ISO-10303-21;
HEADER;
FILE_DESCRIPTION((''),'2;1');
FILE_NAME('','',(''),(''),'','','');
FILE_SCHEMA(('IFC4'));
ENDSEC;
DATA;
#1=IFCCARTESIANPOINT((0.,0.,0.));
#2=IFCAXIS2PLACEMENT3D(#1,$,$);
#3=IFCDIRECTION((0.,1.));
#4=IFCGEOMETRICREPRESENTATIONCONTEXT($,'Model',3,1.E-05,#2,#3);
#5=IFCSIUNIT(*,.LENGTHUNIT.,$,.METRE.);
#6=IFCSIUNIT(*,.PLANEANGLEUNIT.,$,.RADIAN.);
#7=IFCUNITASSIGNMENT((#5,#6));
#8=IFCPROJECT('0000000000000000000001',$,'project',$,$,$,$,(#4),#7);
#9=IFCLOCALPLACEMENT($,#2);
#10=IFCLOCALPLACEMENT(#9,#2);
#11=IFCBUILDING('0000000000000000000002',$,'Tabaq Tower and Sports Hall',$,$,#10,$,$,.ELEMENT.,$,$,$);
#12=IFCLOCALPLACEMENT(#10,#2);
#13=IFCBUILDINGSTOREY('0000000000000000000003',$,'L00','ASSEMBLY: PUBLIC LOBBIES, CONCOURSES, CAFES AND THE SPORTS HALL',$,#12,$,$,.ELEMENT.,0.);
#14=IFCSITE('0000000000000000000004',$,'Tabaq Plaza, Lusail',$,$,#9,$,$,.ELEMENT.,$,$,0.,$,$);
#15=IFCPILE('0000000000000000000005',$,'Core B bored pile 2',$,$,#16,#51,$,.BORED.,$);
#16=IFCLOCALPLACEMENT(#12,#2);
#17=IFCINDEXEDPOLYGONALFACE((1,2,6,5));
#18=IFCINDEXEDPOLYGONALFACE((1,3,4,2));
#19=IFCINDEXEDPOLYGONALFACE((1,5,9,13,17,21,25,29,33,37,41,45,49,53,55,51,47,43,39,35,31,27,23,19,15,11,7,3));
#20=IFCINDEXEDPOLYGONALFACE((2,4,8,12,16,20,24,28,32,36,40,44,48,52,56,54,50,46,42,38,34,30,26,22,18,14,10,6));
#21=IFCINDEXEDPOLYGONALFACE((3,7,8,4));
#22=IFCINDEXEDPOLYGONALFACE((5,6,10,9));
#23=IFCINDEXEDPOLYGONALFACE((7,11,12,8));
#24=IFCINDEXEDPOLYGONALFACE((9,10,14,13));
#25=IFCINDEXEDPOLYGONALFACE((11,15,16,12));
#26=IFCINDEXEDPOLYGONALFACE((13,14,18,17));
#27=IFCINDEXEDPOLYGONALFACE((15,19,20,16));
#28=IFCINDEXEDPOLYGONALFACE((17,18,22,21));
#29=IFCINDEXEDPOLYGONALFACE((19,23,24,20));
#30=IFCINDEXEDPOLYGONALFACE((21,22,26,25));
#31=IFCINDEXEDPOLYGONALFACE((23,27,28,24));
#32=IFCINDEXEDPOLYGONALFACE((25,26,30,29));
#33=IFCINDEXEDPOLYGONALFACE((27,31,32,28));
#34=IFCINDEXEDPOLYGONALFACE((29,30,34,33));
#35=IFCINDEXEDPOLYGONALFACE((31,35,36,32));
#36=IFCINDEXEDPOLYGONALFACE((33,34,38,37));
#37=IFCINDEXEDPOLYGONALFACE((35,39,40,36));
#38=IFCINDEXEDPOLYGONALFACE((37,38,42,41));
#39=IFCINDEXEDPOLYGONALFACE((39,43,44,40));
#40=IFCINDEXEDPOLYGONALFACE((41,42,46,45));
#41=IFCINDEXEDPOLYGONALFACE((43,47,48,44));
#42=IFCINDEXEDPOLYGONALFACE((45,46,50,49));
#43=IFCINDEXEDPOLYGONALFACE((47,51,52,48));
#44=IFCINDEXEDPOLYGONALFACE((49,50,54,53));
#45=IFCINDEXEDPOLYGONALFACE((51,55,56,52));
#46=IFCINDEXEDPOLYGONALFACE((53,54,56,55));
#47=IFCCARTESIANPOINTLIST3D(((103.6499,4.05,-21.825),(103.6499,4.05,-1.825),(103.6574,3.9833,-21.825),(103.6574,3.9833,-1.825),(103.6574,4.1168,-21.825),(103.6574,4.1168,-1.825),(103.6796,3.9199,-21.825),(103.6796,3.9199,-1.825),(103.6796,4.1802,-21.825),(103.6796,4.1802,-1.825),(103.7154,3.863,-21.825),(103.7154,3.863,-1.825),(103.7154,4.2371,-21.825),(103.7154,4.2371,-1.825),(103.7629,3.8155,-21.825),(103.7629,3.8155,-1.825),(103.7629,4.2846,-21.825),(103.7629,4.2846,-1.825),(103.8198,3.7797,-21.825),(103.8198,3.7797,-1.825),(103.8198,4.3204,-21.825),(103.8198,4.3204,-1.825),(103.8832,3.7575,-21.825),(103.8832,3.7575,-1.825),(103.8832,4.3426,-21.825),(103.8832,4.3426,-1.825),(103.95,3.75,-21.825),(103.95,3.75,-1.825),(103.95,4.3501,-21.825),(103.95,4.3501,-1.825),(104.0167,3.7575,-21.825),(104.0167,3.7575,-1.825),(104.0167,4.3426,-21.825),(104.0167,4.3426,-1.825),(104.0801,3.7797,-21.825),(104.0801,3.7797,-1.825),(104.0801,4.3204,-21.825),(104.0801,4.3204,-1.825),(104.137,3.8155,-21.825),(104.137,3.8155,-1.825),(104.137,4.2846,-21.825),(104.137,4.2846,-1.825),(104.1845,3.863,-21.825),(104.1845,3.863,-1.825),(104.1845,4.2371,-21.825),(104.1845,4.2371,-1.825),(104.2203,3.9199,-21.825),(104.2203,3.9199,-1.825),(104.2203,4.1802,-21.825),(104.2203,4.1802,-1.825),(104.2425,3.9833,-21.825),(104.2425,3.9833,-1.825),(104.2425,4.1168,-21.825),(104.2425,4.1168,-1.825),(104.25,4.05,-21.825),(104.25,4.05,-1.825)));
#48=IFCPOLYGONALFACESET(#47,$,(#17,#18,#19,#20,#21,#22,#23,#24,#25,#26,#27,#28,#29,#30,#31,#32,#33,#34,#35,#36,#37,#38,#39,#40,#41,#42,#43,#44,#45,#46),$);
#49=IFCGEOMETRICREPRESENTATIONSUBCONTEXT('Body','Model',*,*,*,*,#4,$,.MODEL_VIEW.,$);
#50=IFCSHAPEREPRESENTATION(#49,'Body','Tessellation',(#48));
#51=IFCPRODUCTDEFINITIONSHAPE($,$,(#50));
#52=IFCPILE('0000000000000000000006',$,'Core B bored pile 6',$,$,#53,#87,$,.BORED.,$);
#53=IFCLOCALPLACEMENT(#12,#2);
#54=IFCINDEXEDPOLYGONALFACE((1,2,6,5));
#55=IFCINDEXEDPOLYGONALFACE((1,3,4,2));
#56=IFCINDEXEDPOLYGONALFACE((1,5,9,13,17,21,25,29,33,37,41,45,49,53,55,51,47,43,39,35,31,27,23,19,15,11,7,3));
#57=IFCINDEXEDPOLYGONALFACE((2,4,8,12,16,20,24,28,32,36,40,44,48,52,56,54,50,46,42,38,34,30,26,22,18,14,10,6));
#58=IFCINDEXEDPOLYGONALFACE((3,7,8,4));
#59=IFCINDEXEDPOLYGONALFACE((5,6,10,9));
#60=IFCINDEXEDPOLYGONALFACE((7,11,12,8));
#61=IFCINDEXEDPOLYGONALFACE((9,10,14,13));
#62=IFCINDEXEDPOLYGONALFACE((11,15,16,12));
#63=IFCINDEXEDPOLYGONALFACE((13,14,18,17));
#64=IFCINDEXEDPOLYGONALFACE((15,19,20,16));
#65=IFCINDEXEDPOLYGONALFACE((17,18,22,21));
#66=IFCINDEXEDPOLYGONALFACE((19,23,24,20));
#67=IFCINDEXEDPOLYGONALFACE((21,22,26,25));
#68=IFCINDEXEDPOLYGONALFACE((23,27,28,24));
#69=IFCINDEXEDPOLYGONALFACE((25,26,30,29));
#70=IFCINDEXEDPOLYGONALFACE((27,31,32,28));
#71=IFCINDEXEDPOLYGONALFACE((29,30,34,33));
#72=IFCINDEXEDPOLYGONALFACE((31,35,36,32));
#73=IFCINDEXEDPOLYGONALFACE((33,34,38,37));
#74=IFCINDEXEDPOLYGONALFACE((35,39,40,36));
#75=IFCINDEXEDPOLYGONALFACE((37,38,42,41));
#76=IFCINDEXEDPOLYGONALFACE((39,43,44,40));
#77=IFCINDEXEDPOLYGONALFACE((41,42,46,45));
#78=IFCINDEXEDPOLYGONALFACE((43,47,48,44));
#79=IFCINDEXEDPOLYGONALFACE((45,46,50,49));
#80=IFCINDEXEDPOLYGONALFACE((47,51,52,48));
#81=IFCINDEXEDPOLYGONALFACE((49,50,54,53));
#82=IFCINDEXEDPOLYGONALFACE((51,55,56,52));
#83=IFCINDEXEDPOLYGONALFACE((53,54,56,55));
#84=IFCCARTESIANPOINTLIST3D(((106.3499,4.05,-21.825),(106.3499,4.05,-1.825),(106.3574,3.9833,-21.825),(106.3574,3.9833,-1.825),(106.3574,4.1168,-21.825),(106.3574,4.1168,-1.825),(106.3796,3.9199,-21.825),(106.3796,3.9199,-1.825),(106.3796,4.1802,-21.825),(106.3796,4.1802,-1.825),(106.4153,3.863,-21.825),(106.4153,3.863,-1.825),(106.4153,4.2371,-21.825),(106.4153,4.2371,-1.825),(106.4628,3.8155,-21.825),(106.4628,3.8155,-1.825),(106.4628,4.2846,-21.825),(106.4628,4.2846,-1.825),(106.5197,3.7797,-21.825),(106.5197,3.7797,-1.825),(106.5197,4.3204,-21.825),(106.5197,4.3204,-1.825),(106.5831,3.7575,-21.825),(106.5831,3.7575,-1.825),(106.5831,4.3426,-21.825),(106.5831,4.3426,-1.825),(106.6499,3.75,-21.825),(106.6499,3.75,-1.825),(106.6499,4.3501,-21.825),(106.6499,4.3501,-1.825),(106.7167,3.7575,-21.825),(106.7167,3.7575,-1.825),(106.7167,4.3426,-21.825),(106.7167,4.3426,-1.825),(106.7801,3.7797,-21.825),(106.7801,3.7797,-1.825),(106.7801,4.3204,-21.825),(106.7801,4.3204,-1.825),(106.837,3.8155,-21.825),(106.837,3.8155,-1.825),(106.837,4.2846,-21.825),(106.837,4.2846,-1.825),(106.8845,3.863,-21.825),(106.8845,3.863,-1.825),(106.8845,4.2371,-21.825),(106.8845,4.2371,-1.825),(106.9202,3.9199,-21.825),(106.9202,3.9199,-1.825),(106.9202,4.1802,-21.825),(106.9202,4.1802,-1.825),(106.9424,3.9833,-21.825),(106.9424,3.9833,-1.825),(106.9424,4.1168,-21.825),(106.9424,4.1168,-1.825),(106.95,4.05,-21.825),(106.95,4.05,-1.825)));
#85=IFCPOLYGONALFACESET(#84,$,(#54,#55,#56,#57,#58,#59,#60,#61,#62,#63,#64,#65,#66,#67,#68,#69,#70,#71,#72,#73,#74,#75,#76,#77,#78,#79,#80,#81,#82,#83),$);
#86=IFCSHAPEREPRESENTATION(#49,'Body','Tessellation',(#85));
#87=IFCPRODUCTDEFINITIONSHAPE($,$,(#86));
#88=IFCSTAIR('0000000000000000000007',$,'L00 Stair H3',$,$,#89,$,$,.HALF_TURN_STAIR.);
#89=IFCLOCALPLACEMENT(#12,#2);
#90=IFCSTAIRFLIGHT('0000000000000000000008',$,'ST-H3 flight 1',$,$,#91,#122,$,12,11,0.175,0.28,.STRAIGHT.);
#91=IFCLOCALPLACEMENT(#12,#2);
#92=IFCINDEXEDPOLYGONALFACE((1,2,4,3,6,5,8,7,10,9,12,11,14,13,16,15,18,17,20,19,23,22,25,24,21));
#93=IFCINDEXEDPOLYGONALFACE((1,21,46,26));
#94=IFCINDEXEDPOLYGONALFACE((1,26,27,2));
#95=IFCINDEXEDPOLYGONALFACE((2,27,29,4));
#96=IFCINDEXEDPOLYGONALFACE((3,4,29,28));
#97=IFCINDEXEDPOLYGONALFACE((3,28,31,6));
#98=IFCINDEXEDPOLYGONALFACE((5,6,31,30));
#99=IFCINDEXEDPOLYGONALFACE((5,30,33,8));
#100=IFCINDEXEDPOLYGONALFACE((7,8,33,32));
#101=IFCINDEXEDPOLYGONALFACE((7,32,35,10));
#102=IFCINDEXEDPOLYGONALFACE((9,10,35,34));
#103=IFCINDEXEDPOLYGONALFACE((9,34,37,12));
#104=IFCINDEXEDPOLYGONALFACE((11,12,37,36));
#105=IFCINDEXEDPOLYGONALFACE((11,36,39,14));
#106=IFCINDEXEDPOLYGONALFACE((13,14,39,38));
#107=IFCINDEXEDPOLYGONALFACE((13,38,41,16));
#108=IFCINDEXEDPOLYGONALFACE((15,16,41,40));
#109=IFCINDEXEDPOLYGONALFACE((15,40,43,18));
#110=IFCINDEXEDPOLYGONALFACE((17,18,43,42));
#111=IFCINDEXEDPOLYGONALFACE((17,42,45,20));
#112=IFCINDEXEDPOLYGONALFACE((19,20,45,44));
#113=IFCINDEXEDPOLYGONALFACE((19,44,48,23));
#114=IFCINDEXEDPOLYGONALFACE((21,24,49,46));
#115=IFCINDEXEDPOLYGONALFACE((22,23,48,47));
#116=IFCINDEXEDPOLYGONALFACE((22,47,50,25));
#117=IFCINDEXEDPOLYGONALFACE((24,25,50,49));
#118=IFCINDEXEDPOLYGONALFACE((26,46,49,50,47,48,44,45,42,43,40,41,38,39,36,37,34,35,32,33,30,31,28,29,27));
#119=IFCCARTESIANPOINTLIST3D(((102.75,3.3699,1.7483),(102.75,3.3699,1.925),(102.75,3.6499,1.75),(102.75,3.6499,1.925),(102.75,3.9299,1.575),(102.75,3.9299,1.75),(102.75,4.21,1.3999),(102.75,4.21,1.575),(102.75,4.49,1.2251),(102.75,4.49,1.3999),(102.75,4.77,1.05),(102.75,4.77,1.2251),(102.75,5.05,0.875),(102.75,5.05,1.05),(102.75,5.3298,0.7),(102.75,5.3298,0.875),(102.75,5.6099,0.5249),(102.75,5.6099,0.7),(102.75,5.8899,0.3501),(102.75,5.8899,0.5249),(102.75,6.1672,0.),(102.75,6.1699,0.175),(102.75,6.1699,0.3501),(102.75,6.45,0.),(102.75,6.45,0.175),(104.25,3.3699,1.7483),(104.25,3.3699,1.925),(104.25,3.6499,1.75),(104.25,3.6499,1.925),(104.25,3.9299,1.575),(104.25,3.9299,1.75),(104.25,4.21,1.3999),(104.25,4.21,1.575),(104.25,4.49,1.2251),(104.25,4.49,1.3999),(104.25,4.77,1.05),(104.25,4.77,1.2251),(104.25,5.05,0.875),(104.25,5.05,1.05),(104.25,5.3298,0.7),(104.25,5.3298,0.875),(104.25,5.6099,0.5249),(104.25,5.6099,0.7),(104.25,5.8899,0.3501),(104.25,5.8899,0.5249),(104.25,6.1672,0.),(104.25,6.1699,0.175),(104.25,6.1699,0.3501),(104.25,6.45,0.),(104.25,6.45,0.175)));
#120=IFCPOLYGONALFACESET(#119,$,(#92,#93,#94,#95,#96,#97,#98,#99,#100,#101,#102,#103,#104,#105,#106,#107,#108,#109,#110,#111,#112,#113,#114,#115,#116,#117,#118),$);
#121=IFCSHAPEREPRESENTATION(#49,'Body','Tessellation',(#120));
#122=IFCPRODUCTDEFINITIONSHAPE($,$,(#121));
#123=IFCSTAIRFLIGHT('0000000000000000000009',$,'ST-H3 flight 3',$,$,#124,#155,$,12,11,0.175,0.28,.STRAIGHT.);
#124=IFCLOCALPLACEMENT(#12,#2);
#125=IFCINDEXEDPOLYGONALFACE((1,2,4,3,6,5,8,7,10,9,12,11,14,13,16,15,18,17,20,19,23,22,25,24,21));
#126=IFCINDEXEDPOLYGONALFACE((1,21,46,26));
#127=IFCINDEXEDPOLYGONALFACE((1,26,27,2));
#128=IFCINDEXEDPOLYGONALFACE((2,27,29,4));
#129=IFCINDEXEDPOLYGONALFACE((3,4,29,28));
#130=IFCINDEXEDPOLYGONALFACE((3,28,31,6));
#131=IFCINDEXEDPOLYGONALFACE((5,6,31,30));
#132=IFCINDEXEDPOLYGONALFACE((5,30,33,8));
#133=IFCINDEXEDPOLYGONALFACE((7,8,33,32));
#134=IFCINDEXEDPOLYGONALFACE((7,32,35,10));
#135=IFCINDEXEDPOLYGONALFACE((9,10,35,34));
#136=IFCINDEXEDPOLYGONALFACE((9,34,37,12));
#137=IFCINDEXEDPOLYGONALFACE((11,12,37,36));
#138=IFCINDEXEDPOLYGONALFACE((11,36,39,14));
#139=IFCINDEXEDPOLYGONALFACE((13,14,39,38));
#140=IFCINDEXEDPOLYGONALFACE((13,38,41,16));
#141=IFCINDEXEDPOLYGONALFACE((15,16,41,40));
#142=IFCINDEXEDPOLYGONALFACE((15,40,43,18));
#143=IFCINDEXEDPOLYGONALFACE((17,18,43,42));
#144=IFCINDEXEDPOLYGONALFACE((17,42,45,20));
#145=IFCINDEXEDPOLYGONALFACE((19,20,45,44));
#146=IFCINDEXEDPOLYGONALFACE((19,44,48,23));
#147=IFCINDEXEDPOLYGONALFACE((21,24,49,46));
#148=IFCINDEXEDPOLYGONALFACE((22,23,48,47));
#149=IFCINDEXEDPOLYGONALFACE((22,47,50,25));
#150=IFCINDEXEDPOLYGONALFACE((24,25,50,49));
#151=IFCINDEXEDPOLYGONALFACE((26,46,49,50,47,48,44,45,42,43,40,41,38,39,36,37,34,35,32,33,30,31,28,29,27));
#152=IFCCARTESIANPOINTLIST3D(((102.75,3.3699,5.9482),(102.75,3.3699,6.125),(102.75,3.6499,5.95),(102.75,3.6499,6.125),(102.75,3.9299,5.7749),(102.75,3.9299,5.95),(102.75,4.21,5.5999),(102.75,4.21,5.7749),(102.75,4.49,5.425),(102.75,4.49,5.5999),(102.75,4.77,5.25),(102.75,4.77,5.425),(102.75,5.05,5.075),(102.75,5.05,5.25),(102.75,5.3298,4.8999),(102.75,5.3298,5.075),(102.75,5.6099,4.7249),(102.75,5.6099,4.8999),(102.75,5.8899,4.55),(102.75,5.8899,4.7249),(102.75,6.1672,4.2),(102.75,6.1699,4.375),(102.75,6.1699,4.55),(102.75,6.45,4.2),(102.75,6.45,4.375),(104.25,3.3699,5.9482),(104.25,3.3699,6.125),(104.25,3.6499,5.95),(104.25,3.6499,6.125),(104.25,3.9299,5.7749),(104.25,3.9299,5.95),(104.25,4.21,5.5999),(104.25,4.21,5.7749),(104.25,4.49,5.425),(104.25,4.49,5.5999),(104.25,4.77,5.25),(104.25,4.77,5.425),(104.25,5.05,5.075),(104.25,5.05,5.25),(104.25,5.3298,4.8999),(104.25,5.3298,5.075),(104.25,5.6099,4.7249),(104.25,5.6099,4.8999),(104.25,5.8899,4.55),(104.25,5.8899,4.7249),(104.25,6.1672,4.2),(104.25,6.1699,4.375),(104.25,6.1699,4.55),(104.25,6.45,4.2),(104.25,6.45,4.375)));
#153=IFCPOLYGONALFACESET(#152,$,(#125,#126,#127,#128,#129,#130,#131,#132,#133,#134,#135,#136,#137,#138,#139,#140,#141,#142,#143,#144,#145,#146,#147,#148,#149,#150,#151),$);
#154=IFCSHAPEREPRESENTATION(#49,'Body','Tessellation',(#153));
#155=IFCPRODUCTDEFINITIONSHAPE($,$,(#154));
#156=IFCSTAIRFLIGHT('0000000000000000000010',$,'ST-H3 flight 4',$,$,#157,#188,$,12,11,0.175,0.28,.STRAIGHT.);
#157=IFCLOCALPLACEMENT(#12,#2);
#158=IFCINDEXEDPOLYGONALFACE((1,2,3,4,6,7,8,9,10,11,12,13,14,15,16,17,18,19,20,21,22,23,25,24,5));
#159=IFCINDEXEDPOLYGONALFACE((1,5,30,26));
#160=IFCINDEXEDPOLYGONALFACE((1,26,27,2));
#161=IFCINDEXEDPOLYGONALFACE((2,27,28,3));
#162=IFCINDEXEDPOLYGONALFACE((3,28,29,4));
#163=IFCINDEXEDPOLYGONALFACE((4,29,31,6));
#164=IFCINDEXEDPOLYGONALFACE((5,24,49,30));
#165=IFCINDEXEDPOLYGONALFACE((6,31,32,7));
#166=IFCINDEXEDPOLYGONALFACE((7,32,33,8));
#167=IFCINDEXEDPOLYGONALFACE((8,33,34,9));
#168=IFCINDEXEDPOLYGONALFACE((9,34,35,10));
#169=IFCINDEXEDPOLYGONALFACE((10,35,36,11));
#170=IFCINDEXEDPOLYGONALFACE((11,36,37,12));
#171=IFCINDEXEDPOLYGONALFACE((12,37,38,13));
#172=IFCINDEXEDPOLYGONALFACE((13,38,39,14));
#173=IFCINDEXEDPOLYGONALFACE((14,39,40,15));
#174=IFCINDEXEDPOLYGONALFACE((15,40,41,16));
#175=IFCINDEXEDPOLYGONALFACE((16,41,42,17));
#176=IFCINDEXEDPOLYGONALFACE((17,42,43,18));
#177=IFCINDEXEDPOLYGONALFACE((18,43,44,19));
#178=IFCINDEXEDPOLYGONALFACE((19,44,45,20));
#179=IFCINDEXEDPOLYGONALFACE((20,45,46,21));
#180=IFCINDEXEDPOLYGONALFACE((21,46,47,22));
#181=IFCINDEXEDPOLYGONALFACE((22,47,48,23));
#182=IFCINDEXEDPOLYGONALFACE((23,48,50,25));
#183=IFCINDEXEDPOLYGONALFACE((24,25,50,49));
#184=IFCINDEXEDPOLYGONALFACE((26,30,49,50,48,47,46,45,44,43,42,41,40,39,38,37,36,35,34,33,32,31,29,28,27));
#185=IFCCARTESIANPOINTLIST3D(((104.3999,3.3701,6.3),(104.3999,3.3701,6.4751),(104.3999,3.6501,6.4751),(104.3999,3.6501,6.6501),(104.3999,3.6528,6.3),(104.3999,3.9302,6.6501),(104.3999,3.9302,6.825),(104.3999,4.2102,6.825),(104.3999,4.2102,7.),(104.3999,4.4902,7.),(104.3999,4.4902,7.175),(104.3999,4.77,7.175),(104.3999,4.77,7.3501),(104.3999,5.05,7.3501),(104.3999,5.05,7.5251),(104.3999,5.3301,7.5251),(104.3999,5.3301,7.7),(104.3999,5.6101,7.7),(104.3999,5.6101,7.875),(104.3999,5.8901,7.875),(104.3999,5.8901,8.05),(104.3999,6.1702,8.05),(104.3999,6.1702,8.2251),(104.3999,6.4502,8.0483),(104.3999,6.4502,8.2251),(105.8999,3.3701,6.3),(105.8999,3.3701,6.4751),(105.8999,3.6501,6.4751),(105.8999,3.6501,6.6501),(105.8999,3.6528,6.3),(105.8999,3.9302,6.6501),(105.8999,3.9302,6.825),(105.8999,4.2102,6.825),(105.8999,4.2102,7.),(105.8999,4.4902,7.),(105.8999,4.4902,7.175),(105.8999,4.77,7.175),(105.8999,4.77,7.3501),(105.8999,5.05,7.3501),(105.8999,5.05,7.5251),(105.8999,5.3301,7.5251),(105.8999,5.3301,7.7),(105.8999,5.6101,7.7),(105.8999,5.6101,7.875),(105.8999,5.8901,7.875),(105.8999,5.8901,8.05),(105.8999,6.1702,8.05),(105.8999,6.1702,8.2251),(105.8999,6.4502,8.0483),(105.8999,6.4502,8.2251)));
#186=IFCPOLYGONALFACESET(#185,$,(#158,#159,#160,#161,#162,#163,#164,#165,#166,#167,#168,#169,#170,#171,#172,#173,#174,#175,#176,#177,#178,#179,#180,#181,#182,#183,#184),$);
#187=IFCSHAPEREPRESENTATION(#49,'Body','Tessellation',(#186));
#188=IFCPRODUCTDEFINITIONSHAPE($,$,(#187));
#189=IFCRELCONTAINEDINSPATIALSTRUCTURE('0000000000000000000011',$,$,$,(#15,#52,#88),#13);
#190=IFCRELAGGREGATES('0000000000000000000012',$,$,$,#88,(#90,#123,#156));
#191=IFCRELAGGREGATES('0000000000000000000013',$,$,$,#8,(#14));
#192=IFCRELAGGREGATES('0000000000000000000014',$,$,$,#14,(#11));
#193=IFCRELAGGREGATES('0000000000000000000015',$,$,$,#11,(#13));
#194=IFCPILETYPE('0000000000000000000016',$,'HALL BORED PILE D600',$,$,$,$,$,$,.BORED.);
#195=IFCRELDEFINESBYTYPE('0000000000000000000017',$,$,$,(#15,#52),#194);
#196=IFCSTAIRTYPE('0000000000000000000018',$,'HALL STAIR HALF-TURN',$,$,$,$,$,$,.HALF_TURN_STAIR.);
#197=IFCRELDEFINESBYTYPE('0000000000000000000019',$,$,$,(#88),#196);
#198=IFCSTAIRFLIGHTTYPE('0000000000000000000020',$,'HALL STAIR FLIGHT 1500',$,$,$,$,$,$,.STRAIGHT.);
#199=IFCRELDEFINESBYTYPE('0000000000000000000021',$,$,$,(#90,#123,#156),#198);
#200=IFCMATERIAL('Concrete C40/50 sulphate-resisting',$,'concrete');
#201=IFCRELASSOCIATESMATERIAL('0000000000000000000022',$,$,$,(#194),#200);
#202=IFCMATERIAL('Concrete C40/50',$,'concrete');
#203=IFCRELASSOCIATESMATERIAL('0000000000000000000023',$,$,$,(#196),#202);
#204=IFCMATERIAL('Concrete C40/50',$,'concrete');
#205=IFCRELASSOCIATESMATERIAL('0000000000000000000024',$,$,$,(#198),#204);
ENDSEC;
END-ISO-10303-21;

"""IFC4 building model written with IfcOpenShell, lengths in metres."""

from ifc_helpers import new_model, si_unit, direction, frame, origin, origin_2d, place, context, subcontext, project, spatial, polyline, circle, outline, extrude, material, material_profile, profile_set, type_object, element, aggregate, save


model = new_model("IFC4")

# Units and contexts
model_context = context("Model", 3, precision=1e-05, world=origin(), true_north=direction((0.0, 1.0)))
body_context = subcontext(model_context, "Body", "Model", "MODEL_VIEW")
ifc_project = project(units=[si_unit("LENGTHUNIT", "METRE"), si_unit("PLANEANGLEUNIT", "RADIAN")], contexts=[model_context])

# Site, building, storey
site_placement = place(None, origin())
site = spatial("IfcSite", under=ifc_project, at=site_placement, Name="Tabaq Plaza, Lusail", CompositionType="ELEMENT", RefElevation=0.0)
building_placement = place(site_placement, origin())
building = spatial("IfcBuilding", under=site, at=building_placement, Name="Tabaq Tower and Sports Hall", CompositionType="ELEMENT")
storey_placement = place(building_placement, origin())
storey = spatial("IfcBuildingStorey", under=building, at=storey_placement, Name="L00", Description="ASSEMBLY: PUBLIC LOBBIES, CONCOURSES, CAFES AND THE SPORTS HALL", CompositionType="ELEMENT", Elevation=0.0)

# Piles
ifc_material_1 = material(Name="Concrete C40/50 sulphate-resisting", Category="concrete")
ifc_material_profile = material_profile(ifc_material_1, circle(Radius=0.3, at=origin_2d()), Name="D600")
ifc_profile_set = profile_set([ifc_material_profile], Name="Concrete C40/50 sulphate-resisting")
pile_type = type_object("IfcPileType", Name="HALL BORED PILE D600", PredefinedType="BORED", material=ifc_profile_set)
for number, where, z_axis, x_axis, name in (
    (1, (103.95, 4.05, -1.825), (0.0, 0.0, -1.0), (1.0, 0.0, 0.0), "Core B bored pile 2"),
    (2, (106.6499, 4.05, -1.825), (0.0, 0.0, -1.0), (1.0, 0.0, 0.0), "Core B bored pile 6"),
):
    element("IfcPile", number, at=place(storey_placement, frame(where, z_axis=z_axis, x_axis=x_axis)), inside=storey, type_object=pile_type, Name=name, PredefinedType="BORED", context=body_context, shape_type="SweptSolid", body=[
        extrude(circle(Radius=0.3, at=origin_2d()), origin(), (0.0, 0.0, 1.0), 20.0),
    ])

# Stair, stair flights
ifc_material_2 = material(Name="Concrete C40/50", Category="concrete")
stair_type = type_object("IfcStairType", Name="HALL STAIR HALF-TURN", PredefinedType="HALF_TURN_STAIR", material=ifc_material_2)
stair_1_placement = place(storey_placement, origin())
stair_1 = element("IfcStair", 3, at=stair_1_placement, inside=storey, type_object=stair_type, Name="L00 Stair H3", PredefinedType="HALF_TURN_STAIR")
ifc_material_3 = material(Name="Concrete C40/50", Category="concrete")
stair_flight_type = type_object("IfcStairFlightType", Name="HALL STAIR FLIGHT 1500", PredefinedType="STRAIGHT", material=ifc_material_3)
stair_flight_1_placement = place(storey_placement, frame((103.5, 6.45, 0.0), z_axis=(0.0, 0.0, 1.0), x_axis=(0.0, -1.0, 0.0)))
stair_flight_1 = element("IfcStairFlight", 4, at=stair_flight_1_placement, type_object=stair_flight_type, Name="ST-H3 flight 1", NumberOfRisers=12, NumberOfTreads=11, PredefinedType="STRAIGHT", RiserHeight=0.175, TreadLength=0.28, context=body_context, shape_type="SweptSolid", body=[
    extrude(outline(polyline([(0.0, 0.0), (0.0, 0.175), (0.28, 0.175), (0.28, 0.3501), (0.5601, 0.3501), (0.5601, 0.5249), (0.8401, 0.5249), (0.8401, 0.7), (1.1201, 0.7), (1.1201, 0.875), (1.3999, 0.875), (1.3999, 1.05), (1.6799, 1.05), (1.6799, 1.2251), (1.96, 1.2251), (1.96, 1.3999), (2.24, 1.3999), (2.24, 1.575), (2.52, 1.575), (2.52, 1.75), (2.8, 1.75), (2.8, 1.925), (3.0801, 1.925), (3.0801, 2.1001), (3.0801, 1.7483), (0.2827, 0.0), (0.0, 0.0)])), frame((0.0, 0.75, 0.0), z_axis=(0.0, -1.0, 0.0), x_axis=(1.0, 0.0, 0.0)), (0.0, 0.0, 1.0), 1.5),
])
stair_flight_2_placement = place(storey_placement, frame((103.5, 6.45, 4.2), z_axis=(0.0, 0.0, 1.0), x_axis=(0.0, -1.0, 0.0)))
stair_flight_2 = element("IfcStairFlight", 5, at=stair_flight_2_placement, type_object=stair_flight_type, Name="ST-H3 flight 3", NumberOfRisers=12, NumberOfTreads=11, PredefinedType="STRAIGHT", RiserHeight=0.175, TreadLength=0.28, context=body_context, shape_type="SweptSolid", body=[
    extrude(outline(polyline([(0.0, 0.0), (0.0, 0.175), (0.28, 0.175), (0.28, 0.3501), (0.5601, 0.3501), (0.5601, 0.5249), (0.8401, 0.5249), (0.8401, 0.7), (1.1201, 0.7), (1.1201, 0.875), (1.3999, 0.875), (1.3999, 1.05), (1.6799, 1.05), (1.6799, 1.2251), (1.96, 1.2251), (1.96, 1.3999), (2.24, 1.3999), (2.24, 1.575), (2.52, 1.575), (2.52, 1.75), (2.8, 1.75), (2.8, 1.925), (3.0801, 1.925), (3.0801, 2.1001), (3.0801, 1.7483), (0.2827, 0.0), (0.0, 0.0)])), frame((0.0, 0.75, 0.0), z_axis=(0.0, -1.0, 0.0), x_axis=(1.0, 0.0, 0.0)), (0.0, 0.0, 1.0), 1.5),
])
stair_flight_3_placement = place(storey_placement, frame((105.1499, 3.3701, 6.3), z_axis=(0.0, 0.0, 1.0), x_axis=(0.0, 1.0, 0.0)))
stair_flight_3 = element("IfcStairFlight", 6, at=stair_flight_3_placement, type_object=stair_flight_type, Name="ST-H3 flight 4", NumberOfRisers=12, NumberOfTreads=11, PredefinedType="STRAIGHT", RiserHeight=0.175, TreadLength=0.28, context=body_context, shape_type="SweptSolid", body=[
    extrude(outline(polyline([(0.0, 0.0), (0.0, 0.175), (0.28, 0.175), (0.28, 0.3501), (0.5601, 0.3501), (0.5601, 0.5249), (0.8401, 0.5249), (0.8401, 0.7), (1.1201, 0.7), (1.1201, 0.875), (1.3999, 0.875), (1.3999, 1.05), (1.6799, 1.05), (1.6799, 1.2251), (1.96, 1.2251), (1.96, 1.3999), (2.24, 1.3999), (2.24, 1.575), (2.52, 1.575), (2.52, 1.75), (2.8, 1.75), (2.8, 1.925), (3.0801, 1.925), (3.0801, 2.1001), (3.0801, 1.7483), (0.2827, 0.0), (0.0, 0.0)])), frame((0.0, 0.75, 0.0), z_axis=(0.0, -1.0, 0.0), x_axis=(1.0, 0.0, 0.0)), (0.0, 0.0, 1.0), 1.5),
])
aggregate(stair_1, [stair_flight_1, stair_flight_2, stair_flight_3])

save(model, "model.ifc")
